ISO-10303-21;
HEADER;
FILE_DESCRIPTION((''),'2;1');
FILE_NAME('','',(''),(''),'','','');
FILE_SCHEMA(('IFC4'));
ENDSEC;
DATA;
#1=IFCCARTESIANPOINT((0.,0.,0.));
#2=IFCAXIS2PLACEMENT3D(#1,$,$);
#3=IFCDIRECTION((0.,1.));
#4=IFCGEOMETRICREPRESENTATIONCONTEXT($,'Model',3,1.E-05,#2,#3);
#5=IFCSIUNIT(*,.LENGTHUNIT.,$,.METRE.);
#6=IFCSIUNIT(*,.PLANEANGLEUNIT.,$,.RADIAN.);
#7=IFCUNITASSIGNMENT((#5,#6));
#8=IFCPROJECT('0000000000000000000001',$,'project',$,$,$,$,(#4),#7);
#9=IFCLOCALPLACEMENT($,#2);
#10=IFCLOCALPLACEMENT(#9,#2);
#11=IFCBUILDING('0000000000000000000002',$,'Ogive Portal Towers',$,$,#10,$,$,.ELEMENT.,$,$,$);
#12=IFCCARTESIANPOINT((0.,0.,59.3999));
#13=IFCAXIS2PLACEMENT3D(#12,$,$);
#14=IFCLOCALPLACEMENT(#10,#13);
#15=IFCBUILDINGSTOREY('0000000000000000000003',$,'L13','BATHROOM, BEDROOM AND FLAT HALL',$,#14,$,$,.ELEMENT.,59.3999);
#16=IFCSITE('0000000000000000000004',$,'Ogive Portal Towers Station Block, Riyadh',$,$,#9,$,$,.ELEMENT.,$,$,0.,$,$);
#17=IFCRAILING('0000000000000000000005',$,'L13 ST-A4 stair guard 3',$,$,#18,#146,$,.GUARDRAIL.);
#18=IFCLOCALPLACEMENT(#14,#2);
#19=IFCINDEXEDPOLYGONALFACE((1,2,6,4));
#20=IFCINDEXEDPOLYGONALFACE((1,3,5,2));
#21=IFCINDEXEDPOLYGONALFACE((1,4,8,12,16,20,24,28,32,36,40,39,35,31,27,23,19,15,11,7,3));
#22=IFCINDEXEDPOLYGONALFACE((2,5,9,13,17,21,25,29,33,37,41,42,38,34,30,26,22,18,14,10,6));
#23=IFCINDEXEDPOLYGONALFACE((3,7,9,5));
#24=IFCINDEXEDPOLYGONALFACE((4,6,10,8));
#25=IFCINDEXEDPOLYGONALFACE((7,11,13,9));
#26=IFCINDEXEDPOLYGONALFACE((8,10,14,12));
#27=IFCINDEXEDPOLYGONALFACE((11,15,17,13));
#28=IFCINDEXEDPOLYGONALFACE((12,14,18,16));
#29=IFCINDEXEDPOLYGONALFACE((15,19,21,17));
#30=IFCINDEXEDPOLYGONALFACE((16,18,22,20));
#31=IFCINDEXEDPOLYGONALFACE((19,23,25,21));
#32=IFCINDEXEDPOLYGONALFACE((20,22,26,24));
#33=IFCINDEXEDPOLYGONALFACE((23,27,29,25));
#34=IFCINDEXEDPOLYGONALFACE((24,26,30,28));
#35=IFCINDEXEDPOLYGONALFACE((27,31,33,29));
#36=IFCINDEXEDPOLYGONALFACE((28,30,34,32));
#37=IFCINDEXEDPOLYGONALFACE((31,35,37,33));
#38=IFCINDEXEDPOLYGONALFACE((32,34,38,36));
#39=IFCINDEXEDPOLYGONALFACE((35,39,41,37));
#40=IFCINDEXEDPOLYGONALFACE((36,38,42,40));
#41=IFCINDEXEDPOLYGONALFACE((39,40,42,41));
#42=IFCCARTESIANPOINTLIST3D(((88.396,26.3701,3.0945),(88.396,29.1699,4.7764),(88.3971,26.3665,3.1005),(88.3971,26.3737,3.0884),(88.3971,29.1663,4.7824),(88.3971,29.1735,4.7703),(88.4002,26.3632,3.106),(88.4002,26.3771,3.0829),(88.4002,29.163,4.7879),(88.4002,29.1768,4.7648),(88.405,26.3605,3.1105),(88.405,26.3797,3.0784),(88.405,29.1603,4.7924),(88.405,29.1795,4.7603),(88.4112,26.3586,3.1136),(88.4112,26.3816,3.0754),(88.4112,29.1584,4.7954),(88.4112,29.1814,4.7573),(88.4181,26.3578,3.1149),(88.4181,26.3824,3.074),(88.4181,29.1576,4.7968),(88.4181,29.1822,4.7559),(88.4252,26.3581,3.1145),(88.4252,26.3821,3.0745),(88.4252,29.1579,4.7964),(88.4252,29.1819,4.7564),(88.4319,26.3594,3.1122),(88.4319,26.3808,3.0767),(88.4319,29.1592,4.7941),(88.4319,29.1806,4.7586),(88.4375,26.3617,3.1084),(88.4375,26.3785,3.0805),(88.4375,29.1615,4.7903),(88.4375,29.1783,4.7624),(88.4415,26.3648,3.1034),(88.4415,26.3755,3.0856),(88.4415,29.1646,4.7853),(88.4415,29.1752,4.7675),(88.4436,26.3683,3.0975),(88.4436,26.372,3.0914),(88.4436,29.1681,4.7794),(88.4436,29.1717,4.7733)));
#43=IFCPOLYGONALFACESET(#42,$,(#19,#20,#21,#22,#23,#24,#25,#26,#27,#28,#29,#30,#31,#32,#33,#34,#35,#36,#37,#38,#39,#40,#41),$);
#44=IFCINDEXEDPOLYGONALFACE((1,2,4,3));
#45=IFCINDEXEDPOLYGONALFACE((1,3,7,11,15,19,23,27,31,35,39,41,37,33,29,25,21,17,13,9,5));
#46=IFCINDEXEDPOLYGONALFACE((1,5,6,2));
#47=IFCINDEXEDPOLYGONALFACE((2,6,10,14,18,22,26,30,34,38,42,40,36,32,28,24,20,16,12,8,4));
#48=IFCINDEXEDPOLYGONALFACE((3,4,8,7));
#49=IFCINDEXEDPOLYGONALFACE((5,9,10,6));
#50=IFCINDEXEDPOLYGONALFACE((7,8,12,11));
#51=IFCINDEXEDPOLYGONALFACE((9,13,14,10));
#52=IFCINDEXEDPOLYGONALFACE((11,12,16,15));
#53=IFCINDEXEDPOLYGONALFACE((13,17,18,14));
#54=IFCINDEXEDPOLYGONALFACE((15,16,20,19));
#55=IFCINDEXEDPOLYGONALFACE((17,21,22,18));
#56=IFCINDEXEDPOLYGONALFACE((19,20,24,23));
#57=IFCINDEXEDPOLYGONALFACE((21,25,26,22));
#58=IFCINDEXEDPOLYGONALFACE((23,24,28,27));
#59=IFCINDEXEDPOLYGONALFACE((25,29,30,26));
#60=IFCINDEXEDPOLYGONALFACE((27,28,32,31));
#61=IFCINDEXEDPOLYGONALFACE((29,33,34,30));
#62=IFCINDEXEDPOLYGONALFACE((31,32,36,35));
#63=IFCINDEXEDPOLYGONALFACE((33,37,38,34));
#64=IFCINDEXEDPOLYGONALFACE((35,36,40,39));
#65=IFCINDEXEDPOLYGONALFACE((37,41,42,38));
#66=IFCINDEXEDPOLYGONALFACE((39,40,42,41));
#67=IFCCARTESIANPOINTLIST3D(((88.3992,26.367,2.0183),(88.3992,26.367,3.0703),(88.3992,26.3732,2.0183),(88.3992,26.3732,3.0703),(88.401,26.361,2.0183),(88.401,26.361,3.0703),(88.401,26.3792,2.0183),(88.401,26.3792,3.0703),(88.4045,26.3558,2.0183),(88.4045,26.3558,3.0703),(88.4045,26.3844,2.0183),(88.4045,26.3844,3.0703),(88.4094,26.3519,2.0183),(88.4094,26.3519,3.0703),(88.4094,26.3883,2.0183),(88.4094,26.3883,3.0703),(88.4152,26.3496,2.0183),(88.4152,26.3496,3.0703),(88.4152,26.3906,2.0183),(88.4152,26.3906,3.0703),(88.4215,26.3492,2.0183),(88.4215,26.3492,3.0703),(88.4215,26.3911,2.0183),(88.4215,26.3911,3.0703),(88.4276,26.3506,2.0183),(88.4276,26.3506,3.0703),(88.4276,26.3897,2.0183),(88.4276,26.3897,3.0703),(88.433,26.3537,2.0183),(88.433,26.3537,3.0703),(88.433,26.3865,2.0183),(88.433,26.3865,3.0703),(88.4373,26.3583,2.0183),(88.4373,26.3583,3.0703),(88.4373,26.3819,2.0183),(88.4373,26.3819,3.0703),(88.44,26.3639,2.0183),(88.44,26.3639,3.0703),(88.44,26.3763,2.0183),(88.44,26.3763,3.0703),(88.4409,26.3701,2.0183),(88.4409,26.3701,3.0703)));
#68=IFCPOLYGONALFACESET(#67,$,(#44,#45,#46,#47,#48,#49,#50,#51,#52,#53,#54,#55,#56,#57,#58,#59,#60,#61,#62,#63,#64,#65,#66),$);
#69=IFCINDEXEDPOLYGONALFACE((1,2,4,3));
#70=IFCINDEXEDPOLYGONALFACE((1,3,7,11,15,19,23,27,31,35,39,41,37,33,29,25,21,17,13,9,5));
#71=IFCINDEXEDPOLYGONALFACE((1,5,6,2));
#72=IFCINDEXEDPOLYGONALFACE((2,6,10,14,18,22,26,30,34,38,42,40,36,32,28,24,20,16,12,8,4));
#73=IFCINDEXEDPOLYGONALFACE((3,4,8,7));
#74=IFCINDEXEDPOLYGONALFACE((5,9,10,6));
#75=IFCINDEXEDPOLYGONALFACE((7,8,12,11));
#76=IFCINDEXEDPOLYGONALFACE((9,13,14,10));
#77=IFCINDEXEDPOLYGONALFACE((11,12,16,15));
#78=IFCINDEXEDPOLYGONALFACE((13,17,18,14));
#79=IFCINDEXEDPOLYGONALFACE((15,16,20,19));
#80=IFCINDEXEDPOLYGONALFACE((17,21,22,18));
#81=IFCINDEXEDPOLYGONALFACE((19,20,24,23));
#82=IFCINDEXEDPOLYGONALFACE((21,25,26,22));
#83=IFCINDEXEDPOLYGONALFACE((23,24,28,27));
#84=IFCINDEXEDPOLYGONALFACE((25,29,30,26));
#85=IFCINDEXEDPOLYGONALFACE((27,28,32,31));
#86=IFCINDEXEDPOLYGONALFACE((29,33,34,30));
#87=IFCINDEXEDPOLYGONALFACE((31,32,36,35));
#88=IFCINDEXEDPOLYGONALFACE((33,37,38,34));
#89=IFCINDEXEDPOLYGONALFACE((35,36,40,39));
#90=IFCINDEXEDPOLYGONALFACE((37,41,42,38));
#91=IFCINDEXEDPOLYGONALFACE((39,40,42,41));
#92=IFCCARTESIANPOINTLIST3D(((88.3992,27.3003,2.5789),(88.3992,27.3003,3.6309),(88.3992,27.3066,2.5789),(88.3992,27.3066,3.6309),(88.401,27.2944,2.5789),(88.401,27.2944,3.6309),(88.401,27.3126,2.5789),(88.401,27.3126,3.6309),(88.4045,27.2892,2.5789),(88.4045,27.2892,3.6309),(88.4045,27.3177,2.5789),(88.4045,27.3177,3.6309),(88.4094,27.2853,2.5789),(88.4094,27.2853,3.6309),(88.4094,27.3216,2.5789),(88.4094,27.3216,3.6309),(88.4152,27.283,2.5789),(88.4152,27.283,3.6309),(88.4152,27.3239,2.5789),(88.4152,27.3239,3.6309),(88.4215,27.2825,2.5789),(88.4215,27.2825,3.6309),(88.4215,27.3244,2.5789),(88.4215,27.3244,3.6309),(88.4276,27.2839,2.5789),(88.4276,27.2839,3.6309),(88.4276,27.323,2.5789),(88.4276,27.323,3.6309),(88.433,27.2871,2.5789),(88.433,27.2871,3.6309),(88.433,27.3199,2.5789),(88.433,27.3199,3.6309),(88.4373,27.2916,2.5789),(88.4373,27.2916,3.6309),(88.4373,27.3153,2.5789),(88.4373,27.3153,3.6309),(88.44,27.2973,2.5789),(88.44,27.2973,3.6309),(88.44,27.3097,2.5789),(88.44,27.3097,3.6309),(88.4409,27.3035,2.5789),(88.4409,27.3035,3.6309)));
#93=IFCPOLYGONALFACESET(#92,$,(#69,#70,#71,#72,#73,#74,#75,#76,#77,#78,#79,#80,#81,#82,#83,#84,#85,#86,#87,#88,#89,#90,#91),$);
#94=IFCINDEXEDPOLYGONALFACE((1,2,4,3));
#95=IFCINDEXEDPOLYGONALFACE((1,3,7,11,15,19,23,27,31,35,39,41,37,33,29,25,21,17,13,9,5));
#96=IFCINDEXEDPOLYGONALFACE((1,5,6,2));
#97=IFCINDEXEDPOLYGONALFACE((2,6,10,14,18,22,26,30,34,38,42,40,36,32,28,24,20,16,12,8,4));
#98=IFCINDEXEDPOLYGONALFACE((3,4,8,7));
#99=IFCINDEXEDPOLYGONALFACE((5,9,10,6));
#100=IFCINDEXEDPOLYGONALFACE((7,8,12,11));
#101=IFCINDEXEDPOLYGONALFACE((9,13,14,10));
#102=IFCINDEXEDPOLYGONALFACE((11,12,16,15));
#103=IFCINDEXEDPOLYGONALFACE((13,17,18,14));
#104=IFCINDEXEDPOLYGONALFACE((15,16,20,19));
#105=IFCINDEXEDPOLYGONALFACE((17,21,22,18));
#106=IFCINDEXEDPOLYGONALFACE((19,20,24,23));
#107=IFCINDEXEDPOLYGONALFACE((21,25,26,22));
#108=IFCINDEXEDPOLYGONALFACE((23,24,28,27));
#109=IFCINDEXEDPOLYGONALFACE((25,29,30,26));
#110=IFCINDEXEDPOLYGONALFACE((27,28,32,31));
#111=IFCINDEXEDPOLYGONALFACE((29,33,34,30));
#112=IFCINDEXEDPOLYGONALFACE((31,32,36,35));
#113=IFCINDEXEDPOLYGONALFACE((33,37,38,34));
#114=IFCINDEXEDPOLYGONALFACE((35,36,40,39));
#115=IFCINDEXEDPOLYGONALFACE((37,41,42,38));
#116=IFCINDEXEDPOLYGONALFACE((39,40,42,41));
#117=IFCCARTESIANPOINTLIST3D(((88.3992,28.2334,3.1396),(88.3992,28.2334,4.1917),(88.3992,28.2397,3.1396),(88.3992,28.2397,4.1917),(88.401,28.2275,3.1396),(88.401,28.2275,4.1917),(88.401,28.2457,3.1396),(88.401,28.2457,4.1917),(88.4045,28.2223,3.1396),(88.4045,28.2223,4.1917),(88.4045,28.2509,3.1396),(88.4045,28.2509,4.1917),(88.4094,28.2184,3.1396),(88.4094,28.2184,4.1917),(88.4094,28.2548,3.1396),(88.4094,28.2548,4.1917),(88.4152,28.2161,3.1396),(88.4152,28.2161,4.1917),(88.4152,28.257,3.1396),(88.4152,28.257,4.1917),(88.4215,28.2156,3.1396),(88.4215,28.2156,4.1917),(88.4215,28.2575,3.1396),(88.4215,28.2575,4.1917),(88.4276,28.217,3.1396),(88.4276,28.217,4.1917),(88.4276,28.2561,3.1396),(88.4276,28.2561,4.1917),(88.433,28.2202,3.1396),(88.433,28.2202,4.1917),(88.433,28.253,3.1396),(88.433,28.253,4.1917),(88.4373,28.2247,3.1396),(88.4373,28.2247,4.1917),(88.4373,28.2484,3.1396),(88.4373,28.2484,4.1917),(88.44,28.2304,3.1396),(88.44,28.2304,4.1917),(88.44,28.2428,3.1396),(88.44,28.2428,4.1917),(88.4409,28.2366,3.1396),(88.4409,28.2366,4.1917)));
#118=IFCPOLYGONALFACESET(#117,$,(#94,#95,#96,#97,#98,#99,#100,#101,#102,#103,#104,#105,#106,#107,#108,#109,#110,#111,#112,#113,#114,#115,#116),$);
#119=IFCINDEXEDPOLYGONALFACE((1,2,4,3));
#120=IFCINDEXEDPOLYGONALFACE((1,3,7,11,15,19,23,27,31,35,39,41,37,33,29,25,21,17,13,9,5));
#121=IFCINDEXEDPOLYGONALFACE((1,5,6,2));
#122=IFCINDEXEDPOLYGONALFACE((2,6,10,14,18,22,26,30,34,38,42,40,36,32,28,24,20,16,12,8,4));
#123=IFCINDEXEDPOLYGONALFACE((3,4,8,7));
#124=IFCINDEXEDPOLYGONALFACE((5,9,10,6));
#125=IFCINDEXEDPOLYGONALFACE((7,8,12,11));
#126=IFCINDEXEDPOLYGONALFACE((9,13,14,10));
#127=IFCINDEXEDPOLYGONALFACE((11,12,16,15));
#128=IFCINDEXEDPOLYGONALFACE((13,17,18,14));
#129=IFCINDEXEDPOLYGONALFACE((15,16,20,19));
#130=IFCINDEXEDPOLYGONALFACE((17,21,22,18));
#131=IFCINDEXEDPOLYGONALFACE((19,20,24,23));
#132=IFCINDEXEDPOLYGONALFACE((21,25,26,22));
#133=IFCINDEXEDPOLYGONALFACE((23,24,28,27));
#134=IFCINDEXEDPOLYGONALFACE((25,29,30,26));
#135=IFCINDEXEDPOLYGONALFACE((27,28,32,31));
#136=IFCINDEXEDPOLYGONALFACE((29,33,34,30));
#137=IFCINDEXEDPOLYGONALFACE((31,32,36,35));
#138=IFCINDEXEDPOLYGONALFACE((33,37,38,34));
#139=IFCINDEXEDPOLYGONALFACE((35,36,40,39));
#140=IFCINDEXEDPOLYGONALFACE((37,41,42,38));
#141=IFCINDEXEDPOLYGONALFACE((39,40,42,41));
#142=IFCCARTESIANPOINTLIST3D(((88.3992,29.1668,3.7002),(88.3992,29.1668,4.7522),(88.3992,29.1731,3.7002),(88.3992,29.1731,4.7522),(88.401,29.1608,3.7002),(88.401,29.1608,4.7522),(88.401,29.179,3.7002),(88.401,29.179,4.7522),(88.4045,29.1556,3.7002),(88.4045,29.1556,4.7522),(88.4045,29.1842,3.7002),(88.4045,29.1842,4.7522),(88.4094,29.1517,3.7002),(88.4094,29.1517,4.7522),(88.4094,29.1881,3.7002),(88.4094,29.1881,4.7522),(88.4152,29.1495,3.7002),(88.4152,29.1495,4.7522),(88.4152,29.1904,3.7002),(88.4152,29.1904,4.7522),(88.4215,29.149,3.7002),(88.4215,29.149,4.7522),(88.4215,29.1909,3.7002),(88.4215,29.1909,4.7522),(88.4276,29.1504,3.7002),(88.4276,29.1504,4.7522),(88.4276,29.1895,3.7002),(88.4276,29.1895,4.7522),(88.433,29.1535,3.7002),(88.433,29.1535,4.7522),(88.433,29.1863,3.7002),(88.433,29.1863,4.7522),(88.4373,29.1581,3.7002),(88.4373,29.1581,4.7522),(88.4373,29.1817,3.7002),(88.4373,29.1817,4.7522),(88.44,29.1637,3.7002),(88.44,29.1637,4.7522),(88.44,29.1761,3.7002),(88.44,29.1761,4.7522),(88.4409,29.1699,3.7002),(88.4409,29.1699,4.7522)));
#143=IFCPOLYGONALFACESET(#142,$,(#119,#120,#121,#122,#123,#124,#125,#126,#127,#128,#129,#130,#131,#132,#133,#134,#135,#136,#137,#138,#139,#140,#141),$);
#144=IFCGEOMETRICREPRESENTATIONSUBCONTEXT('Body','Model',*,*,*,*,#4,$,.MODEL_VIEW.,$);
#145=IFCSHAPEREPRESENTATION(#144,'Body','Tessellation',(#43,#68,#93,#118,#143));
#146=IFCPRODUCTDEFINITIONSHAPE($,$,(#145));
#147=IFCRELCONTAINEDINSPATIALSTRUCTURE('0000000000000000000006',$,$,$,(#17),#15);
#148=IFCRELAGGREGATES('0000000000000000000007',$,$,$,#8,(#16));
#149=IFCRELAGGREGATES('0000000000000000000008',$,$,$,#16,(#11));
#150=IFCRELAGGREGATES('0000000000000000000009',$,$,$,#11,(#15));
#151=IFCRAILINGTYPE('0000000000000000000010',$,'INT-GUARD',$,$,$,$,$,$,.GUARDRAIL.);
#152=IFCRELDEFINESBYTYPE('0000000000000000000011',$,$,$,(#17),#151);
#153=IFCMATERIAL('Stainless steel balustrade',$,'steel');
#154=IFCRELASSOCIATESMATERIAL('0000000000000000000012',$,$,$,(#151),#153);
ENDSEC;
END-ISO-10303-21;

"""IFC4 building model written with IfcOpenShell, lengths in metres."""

from ifc_helpers import new_model, si_unit, direction, frame, origin, origin_2d, place, context, subcontext, project, spatial, circle, extrude, material, type_object, element, save


model = new_model("IFC4")

# Units and contexts
model_context = context("Model", 3, precision=1e-05, world=origin(), true_north=direction((0.0, 1.0)))
body_context = subcontext(model_context, "Body", "Model", "MODEL_VIEW")
ifc_project = project(units=[si_unit("LENGTHUNIT", "METRE"), si_unit("PLANEANGLEUNIT", "RADIAN")], contexts=[model_context])

# Site, building, storey
site_placement = place(None, origin())
site = spatial("IfcSite", under=ifc_project, at=site_placement, Name="Ogive Portal Towers Station Block, Riyadh", CompositionType="ELEMENT", RefElevation=0.0)
building_placement = place(site_placement, origin())
building = spatial("IfcBuilding", under=site, at=building_placement, Name="Ogive Portal Towers", CompositionType="ELEMENT")
storey_placement = place(building_placement, frame((0.0, 0.0, 59.3999)))
storey = spatial("IfcBuildingStorey", under=building, at=storey_placement, Name="L13", Description="BATHROOM, BEDROOM AND FLAT HALL", CompositionType="ELEMENT", Elevation=59.3999)

# Railing
ifc_material_1 = material(Name="Stainless steel balustrade", Category="steel")
railing_type_1 = type_object("IfcRailingType", Name="INT-GUARD", PredefinedType="GUARDRAIL", material=ifc_material_1)
railing_1_placement = place(storey_placement, frame((88.4199, 26.3701, 2.0183)))
element("IfcRailing", 1, at=railing_1_placement, inside=storey, type_object=railing_type_1, Name="L13 ST-A4 stair guard 3", PredefinedType="GUARDRAIL", context=body_context, shape_type="SweptSolid", body=[
    extrude(circle(Radius=0.0239, at=origin_2d()), frame((0.0, 0.0, 1.0762), z_axis=(0.0, 0.857222, 0.514946), x_axis=(-1.0, 0.0, 0.0)), (0.0, 0.0, 1.0), 3.2661),
    extrude(circle(Radius=0.021, at=origin_2d()), origin(), (0.0, 0.0, 1.0), 1.052),
    extrude(circle(Radius=0.021, at=origin_2d()), frame((0.0, 0.9333, 0.5605)), (0.0, 0.0, 1.0), 1.052),
    extrude(circle(Radius=0.021, at=origin_2d()), frame((0.0, 1.8665, 1.1213)), (0.0, 0.0, 1.0), 1.052),
    extrude(circle(Radius=0.021, at=origin_2d()), frame((0.0, 2.7998, 1.6819)), (0.0, 0.0, 1.0), 1.052),
])

save(model, "model.ifc")
